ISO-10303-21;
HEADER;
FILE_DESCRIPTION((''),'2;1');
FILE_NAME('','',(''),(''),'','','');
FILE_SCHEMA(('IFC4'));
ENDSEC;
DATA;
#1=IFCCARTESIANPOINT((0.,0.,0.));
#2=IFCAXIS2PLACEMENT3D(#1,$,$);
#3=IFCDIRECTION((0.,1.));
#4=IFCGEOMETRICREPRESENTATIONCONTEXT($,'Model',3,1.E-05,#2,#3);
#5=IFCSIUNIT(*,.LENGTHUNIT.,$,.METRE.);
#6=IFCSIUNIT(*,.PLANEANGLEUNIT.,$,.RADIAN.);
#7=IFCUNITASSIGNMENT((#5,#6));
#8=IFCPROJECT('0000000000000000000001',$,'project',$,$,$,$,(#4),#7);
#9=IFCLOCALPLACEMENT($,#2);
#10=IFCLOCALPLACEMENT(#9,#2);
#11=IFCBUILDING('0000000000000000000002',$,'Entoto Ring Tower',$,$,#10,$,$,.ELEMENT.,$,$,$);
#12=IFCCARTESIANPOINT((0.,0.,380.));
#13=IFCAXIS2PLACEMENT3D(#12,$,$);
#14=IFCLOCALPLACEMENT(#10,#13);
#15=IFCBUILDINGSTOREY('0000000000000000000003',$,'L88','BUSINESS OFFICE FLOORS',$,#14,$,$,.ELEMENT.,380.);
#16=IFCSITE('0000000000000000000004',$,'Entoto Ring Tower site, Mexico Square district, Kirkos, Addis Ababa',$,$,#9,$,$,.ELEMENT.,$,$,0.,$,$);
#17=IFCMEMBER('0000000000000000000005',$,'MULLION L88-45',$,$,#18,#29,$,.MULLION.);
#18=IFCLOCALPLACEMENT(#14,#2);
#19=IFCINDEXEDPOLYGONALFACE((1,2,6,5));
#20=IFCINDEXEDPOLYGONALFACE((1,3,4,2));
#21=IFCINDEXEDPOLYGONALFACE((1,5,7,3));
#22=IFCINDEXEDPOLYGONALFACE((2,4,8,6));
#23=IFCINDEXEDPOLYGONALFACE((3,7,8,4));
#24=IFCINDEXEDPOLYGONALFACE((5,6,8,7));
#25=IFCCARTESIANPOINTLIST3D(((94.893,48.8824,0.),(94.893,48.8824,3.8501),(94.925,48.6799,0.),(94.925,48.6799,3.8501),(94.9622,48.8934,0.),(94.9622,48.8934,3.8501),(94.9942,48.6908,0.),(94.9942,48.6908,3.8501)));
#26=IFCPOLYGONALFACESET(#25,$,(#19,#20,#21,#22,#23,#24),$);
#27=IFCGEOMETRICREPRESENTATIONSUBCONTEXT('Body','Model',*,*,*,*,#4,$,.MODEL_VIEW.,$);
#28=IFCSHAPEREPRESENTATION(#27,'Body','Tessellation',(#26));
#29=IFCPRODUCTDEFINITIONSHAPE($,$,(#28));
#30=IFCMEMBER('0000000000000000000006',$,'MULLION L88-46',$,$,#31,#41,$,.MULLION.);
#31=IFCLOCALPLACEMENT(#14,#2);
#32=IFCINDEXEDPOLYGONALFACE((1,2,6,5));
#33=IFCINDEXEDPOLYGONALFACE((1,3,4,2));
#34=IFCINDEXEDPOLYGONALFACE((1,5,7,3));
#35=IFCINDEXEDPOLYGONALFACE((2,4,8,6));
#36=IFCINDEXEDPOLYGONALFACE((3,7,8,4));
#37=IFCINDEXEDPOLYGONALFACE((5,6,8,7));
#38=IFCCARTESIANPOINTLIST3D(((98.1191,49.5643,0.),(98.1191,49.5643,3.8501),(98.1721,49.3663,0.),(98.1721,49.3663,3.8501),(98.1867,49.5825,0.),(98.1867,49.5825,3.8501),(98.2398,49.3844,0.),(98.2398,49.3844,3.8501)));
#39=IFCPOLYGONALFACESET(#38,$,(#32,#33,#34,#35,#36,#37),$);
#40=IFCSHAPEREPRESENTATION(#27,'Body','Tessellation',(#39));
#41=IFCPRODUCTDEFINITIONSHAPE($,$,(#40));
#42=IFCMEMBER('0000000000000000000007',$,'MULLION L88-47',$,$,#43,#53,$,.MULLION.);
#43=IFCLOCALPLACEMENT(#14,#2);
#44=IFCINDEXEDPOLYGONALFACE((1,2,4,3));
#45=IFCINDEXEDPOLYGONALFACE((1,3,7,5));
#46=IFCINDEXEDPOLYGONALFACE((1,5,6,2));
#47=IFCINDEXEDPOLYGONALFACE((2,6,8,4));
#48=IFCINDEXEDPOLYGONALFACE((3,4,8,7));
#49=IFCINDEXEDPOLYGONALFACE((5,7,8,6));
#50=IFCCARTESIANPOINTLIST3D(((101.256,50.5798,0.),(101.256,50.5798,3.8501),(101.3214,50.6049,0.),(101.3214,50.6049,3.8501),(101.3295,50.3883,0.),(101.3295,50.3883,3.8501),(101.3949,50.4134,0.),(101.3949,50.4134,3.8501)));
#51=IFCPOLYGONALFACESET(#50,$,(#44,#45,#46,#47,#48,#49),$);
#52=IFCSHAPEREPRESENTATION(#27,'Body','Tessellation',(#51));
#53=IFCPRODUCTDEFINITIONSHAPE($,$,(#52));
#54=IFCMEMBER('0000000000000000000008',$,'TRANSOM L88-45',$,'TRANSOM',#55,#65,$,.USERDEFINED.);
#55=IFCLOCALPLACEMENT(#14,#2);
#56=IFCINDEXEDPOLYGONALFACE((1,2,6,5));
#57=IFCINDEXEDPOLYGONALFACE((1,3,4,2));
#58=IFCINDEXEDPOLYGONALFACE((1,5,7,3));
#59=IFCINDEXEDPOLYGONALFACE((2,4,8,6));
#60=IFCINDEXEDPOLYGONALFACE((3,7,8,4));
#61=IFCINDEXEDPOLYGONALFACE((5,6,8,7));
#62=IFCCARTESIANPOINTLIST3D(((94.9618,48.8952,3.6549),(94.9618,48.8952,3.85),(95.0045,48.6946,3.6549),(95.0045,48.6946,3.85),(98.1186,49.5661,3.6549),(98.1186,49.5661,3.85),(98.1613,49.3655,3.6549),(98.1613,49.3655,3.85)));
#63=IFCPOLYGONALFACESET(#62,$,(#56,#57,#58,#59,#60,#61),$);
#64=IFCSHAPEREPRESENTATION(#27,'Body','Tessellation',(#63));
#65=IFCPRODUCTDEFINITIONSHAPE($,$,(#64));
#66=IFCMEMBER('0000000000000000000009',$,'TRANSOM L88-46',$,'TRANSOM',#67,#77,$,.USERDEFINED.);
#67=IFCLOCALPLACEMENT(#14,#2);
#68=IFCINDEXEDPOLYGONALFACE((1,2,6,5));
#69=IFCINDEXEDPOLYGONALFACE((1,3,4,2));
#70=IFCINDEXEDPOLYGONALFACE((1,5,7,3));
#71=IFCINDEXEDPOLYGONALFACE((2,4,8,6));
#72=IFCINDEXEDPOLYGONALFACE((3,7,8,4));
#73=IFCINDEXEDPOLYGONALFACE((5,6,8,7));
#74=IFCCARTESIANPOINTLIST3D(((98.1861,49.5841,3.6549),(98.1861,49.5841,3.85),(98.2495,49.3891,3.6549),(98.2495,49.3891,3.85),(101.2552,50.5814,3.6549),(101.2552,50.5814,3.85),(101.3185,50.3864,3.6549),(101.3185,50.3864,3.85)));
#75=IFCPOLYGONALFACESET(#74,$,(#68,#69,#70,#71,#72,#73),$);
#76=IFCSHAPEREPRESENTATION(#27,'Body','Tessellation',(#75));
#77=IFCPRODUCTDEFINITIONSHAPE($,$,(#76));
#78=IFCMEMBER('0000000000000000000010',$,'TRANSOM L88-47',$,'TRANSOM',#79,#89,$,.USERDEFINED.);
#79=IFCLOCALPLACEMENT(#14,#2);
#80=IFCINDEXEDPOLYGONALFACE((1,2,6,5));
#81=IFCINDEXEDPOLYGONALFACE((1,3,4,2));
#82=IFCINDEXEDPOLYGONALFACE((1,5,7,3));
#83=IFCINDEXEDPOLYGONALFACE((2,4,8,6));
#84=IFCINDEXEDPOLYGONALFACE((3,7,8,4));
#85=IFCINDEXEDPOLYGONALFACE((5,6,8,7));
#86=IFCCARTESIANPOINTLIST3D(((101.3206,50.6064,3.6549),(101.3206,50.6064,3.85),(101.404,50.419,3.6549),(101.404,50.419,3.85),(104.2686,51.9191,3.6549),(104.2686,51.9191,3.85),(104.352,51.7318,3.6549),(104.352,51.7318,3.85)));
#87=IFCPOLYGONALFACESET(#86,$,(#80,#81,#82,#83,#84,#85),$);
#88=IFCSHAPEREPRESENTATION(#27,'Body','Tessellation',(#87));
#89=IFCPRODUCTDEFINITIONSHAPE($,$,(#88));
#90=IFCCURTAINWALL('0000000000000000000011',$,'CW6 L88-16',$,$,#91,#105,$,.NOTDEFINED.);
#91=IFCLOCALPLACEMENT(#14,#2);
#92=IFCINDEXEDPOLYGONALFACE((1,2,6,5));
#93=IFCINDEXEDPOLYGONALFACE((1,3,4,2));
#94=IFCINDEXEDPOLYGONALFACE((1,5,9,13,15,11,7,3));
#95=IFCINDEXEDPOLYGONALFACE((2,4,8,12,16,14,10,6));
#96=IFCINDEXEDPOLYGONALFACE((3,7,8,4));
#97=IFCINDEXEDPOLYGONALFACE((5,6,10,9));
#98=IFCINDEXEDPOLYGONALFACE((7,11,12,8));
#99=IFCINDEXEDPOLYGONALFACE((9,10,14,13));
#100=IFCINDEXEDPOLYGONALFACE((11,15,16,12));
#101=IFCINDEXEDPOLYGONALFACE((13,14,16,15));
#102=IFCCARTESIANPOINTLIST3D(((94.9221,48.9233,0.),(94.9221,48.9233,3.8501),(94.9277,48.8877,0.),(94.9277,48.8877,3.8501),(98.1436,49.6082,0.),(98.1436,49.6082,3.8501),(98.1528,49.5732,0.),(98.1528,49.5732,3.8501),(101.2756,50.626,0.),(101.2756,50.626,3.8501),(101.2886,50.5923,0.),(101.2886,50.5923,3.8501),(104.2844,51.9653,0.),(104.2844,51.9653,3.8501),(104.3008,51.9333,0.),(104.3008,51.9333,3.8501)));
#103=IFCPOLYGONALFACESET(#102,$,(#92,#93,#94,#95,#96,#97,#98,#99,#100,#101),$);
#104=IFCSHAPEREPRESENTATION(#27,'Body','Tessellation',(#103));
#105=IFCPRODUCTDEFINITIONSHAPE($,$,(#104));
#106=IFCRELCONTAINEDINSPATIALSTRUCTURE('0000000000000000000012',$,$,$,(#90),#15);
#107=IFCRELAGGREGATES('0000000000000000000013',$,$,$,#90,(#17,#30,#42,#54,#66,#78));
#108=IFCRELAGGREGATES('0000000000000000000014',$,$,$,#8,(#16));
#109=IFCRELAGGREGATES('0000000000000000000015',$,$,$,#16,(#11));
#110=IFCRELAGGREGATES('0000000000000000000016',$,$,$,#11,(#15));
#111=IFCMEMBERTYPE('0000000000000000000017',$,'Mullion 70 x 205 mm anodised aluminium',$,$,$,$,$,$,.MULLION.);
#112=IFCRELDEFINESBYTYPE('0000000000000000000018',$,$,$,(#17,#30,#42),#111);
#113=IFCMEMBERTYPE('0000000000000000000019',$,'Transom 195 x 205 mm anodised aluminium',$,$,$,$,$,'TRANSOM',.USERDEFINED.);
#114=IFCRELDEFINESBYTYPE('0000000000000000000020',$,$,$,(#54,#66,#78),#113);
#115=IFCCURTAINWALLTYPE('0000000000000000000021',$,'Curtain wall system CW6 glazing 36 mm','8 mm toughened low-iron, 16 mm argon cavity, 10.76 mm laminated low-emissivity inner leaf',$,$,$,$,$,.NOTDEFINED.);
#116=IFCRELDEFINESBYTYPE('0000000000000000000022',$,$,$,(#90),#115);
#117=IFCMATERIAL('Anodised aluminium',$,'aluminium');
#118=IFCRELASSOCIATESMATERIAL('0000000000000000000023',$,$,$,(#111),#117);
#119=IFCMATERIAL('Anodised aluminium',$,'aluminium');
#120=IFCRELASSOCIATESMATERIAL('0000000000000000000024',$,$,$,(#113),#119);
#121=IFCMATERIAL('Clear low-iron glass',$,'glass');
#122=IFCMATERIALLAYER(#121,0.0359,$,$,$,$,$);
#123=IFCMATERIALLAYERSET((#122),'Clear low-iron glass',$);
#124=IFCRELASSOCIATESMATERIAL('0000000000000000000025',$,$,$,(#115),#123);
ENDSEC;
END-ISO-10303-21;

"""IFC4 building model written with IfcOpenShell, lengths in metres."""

from ifc_helpers import new_model, si_unit, direction, frame, origin, origin_2d, place, context, subcontext, project, spatial, polyline, rectangle, outline, extrude, material, layer, layer_set, material_profile, profile_set, type_object, element, aggregate, save


model = new_model("IFC4")

# Units and contexts
model_context = context("Model", 3, precision=1e-05, world=origin(), true_north=direction((0.0, 1.0)))
body_context = subcontext(model_context, "Body", "Model", "MODEL_VIEW")
ifc_project = project(units=[si_unit("LENGTHUNIT", "METRE"), si_unit("PLANEANGLEUNIT", "RADIAN")], contexts=[model_context])

# Members
ifc_material_1 = material(Name="Anodised aluminium", Category="aluminium")
ifc_material_profile_1 = material_profile(ifc_material_1, rectangle(XDim=0.0701, YDim=0.2051, at=origin_2d()), Name="Mullion 70 x 205 mm anodised aluminium")
ifc_profile_set_1 = profile_set([ifc_material_profile_1], Name="Anodised aluminium")
member_type_1 = type_object("IfcMemberType", Name="Mullion 70 x 205 mm anodised aluminium", PredefinedType="MULLION", material=ifc_profile_set_1)
site_placement = place(None, origin())
building_placement = place(site_placement, origin())
storey_placement = place(building_placement, frame((0.0, 0.0, 380.0)))
member_1_placement = place(storey_placement, frame((94.9436, 48.7866, 0.0), z_axis=(0.0, 0.0, 1.0), x_axis=(0.987688, 0.156434, 0.0)))
member_1 = element("IfcMember", 1, at=member_1_placement, type_object=member_type_1, Name="MULLION L88-45", PredefinedType="MULLION", context=body_context, shape_type="SweptSolid", body=[
    extrude(rectangle(XDim=0.0701, YDim=0.2051, at=origin_2d()), origin(), (0.0, 0.0, 1.0), 3.8501),
])
member_2_placement = place(storey_placement, frame((98.1794, 49.4744, 0.0), z_axis=(0.0, 0.0, 1.0), x_axis=(0.965926, 0.258819, 0.0)))
member_2 = element("IfcMember", 2, at=member_2_placement, type_object=member_type_1, Name="MULLION L88-46", PredefinedType="MULLION", context=body_context, shape_type="SweptSolid", body=[
    extrude(rectangle(XDim=0.0701, YDim=0.2051, at=origin_2d()), origin(), (0.0, 0.0, 1.0), 3.8501),
])
member_3_placement = place(storey_placement, frame((101.3254, 50.4966, 0.0), z_axis=(0.0, 0.0, 1.0), x_axis=(0.93358, 0.358368, 0.0)))
member_3 = element("IfcMember", 3, at=member_3_placement, type_object=member_type_1, Name="MULLION L88-47", PredefinedType="MULLION", context=body_context, shape_type="SweptSolid", body=[
    extrude(rectangle(XDim=0.0701, YDim=0.2051, at=origin_2d()), origin(), (0.0, 0.0, 1.0), 3.8501),
])
ifc_material_2 = material(Name="Anodised aluminium", Category="aluminium")
ifc_material_profile_2 = material_profile(ifc_material_2, rectangle(XDim=0.2051, YDim=0.1951, at=origin_2d()), Name="Transom 195 x 205 mm anodised aluminium")
ifc_profile_set_2 = profile_set([ifc_material_profile_2], Name="Anodised aluminium")
member_type_2 = type_object("IfcMemberType", Name="Transom 195 x 205 mm anodised aluminium", ElementType="TRANSOM", PredefinedType="USERDEFINED", material=ifc_profile_set_2)
member_4_placement = place(storey_placement, frame((94.9832, 48.7949, 3.7524), z_axis=(0.978153, 0.207886, 0.0), x_axis=(-0.207886, 0.978153, 0.0)))
member_4 = element("IfcMember", 4, at=member_4_placement, type_object=member_type_2, Name="TRANSOM L88-45", ObjectType="TRANSOM", PredefinedType="USERDEFINED", context=body_context, shape_type="SweptSolid", body=[
    extrude(rectangle(XDim=0.2051, YDim=0.1951, at=origin_2d()), origin(), (0.0, 0.0, 1.0), 3.2273),
])
member_5_placement = place(storey_placement, frame((98.2178, 49.4866, 3.7524), z_axis=(0.951047, 0.309047, 0.0), x_axis=(-0.309047, 0.951047, 0.0)))
member_5 = element("IfcMember", 5, at=member_5_placement, type_object=member_type_2, Name="TRANSOM L88-46", ObjectType="TRANSOM", PredefinedType="USERDEFINED", context=body_context, shape_type="SweptSolid", body=[
    extrude(rectangle(XDim=0.2051, YDim=0.1951, at=origin_2d()), origin(), (0.0, 0.0, 1.0), 3.2271),
])
member_6_placement = place(storey_placement, frame((101.3623, 50.5127, 3.7524), z_axis=(0.913521, 0.406791, 0.0), x_axis=(-0.406791, 0.913521, 0.0)))
member_6 = element("IfcMember", 6, at=member_6_placement, type_object=member_type_2, Name="TRANSOM L88-47", ObjectType="TRANSOM", PredefinedType="USERDEFINED", context=body_context, shape_type="SweptSolid", body=[
    extrude(rectangle(XDim=0.2051, YDim=0.1951, at=origin_2d()), origin(), (0.0, 0.0, 1.0), 3.2271),
])

# Site, building, storey
site = spatial("IfcSite", under=ifc_project, at=site_placement, Name="Entoto Ring Tower site, Mexico Square district, Kirkos, Addis Ababa", CompositionType="ELEMENT", RefElevation=0.0)
building = spatial("IfcBuilding", under=site, at=building_placement, Name="Entoto Ring Tower", CompositionType="ELEMENT")
storey = spatial("IfcBuildingStorey", under=building, at=storey_placement, Name="L88", Description="BUSINESS OFFICE FLOORS", CompositionType="ELEMENT", Elevation=380.0)

# Curtain wall
ifc_material_3 = material(Name="Clear low-iron glass", Category="glass")
ifc_layer_1 = layer(ifc_material_3, 0.0359)
ifc_layer_set_1 = layer_set([ifc_layer_1], Name="Clear low-iron glass")
curtain_wall_type = type_object("IfcCurtainWallType", Name="Curtain wall system CW6 glazing 36 mm", Description="8 mm toughened low-iron, 16 mm argon cavity, 10.76 mm laminated low-emissivity inner leaf", PredefinedType="NOTDEFINED", material=ifc_layer_set_1)
curtain_wall_1_placement = place(storey_placement, origin())
curtain_wall_1 = element("IfcCurtainWall", 7, at=curtain_wall_1_placement, inside=storey, type_object=curtain_wall_type, Name="CW6 L88-16", PredefinedType="NOTDEFINED", context=body_context, shape_type="SweptSolid", body=[
    extrude(outline(polyline([(94.9277, 48.8877), (98.1528, 49.5732), (101.2886, 50.5923), (104.3008, 51.9333), (104.2844, 51.9653), (101.2756, 50.626), (98.1436, 49.6082), (94.9221, 48.9233), (94.9277, 48.8877)])), origin(), (0.0, 0.0, 1.0), 3.8501),
])
aggregate(curtain_wall_1, [member_1, member_2, member_3, member_4, member_5, member_6])

save(model, "model.ifc")
